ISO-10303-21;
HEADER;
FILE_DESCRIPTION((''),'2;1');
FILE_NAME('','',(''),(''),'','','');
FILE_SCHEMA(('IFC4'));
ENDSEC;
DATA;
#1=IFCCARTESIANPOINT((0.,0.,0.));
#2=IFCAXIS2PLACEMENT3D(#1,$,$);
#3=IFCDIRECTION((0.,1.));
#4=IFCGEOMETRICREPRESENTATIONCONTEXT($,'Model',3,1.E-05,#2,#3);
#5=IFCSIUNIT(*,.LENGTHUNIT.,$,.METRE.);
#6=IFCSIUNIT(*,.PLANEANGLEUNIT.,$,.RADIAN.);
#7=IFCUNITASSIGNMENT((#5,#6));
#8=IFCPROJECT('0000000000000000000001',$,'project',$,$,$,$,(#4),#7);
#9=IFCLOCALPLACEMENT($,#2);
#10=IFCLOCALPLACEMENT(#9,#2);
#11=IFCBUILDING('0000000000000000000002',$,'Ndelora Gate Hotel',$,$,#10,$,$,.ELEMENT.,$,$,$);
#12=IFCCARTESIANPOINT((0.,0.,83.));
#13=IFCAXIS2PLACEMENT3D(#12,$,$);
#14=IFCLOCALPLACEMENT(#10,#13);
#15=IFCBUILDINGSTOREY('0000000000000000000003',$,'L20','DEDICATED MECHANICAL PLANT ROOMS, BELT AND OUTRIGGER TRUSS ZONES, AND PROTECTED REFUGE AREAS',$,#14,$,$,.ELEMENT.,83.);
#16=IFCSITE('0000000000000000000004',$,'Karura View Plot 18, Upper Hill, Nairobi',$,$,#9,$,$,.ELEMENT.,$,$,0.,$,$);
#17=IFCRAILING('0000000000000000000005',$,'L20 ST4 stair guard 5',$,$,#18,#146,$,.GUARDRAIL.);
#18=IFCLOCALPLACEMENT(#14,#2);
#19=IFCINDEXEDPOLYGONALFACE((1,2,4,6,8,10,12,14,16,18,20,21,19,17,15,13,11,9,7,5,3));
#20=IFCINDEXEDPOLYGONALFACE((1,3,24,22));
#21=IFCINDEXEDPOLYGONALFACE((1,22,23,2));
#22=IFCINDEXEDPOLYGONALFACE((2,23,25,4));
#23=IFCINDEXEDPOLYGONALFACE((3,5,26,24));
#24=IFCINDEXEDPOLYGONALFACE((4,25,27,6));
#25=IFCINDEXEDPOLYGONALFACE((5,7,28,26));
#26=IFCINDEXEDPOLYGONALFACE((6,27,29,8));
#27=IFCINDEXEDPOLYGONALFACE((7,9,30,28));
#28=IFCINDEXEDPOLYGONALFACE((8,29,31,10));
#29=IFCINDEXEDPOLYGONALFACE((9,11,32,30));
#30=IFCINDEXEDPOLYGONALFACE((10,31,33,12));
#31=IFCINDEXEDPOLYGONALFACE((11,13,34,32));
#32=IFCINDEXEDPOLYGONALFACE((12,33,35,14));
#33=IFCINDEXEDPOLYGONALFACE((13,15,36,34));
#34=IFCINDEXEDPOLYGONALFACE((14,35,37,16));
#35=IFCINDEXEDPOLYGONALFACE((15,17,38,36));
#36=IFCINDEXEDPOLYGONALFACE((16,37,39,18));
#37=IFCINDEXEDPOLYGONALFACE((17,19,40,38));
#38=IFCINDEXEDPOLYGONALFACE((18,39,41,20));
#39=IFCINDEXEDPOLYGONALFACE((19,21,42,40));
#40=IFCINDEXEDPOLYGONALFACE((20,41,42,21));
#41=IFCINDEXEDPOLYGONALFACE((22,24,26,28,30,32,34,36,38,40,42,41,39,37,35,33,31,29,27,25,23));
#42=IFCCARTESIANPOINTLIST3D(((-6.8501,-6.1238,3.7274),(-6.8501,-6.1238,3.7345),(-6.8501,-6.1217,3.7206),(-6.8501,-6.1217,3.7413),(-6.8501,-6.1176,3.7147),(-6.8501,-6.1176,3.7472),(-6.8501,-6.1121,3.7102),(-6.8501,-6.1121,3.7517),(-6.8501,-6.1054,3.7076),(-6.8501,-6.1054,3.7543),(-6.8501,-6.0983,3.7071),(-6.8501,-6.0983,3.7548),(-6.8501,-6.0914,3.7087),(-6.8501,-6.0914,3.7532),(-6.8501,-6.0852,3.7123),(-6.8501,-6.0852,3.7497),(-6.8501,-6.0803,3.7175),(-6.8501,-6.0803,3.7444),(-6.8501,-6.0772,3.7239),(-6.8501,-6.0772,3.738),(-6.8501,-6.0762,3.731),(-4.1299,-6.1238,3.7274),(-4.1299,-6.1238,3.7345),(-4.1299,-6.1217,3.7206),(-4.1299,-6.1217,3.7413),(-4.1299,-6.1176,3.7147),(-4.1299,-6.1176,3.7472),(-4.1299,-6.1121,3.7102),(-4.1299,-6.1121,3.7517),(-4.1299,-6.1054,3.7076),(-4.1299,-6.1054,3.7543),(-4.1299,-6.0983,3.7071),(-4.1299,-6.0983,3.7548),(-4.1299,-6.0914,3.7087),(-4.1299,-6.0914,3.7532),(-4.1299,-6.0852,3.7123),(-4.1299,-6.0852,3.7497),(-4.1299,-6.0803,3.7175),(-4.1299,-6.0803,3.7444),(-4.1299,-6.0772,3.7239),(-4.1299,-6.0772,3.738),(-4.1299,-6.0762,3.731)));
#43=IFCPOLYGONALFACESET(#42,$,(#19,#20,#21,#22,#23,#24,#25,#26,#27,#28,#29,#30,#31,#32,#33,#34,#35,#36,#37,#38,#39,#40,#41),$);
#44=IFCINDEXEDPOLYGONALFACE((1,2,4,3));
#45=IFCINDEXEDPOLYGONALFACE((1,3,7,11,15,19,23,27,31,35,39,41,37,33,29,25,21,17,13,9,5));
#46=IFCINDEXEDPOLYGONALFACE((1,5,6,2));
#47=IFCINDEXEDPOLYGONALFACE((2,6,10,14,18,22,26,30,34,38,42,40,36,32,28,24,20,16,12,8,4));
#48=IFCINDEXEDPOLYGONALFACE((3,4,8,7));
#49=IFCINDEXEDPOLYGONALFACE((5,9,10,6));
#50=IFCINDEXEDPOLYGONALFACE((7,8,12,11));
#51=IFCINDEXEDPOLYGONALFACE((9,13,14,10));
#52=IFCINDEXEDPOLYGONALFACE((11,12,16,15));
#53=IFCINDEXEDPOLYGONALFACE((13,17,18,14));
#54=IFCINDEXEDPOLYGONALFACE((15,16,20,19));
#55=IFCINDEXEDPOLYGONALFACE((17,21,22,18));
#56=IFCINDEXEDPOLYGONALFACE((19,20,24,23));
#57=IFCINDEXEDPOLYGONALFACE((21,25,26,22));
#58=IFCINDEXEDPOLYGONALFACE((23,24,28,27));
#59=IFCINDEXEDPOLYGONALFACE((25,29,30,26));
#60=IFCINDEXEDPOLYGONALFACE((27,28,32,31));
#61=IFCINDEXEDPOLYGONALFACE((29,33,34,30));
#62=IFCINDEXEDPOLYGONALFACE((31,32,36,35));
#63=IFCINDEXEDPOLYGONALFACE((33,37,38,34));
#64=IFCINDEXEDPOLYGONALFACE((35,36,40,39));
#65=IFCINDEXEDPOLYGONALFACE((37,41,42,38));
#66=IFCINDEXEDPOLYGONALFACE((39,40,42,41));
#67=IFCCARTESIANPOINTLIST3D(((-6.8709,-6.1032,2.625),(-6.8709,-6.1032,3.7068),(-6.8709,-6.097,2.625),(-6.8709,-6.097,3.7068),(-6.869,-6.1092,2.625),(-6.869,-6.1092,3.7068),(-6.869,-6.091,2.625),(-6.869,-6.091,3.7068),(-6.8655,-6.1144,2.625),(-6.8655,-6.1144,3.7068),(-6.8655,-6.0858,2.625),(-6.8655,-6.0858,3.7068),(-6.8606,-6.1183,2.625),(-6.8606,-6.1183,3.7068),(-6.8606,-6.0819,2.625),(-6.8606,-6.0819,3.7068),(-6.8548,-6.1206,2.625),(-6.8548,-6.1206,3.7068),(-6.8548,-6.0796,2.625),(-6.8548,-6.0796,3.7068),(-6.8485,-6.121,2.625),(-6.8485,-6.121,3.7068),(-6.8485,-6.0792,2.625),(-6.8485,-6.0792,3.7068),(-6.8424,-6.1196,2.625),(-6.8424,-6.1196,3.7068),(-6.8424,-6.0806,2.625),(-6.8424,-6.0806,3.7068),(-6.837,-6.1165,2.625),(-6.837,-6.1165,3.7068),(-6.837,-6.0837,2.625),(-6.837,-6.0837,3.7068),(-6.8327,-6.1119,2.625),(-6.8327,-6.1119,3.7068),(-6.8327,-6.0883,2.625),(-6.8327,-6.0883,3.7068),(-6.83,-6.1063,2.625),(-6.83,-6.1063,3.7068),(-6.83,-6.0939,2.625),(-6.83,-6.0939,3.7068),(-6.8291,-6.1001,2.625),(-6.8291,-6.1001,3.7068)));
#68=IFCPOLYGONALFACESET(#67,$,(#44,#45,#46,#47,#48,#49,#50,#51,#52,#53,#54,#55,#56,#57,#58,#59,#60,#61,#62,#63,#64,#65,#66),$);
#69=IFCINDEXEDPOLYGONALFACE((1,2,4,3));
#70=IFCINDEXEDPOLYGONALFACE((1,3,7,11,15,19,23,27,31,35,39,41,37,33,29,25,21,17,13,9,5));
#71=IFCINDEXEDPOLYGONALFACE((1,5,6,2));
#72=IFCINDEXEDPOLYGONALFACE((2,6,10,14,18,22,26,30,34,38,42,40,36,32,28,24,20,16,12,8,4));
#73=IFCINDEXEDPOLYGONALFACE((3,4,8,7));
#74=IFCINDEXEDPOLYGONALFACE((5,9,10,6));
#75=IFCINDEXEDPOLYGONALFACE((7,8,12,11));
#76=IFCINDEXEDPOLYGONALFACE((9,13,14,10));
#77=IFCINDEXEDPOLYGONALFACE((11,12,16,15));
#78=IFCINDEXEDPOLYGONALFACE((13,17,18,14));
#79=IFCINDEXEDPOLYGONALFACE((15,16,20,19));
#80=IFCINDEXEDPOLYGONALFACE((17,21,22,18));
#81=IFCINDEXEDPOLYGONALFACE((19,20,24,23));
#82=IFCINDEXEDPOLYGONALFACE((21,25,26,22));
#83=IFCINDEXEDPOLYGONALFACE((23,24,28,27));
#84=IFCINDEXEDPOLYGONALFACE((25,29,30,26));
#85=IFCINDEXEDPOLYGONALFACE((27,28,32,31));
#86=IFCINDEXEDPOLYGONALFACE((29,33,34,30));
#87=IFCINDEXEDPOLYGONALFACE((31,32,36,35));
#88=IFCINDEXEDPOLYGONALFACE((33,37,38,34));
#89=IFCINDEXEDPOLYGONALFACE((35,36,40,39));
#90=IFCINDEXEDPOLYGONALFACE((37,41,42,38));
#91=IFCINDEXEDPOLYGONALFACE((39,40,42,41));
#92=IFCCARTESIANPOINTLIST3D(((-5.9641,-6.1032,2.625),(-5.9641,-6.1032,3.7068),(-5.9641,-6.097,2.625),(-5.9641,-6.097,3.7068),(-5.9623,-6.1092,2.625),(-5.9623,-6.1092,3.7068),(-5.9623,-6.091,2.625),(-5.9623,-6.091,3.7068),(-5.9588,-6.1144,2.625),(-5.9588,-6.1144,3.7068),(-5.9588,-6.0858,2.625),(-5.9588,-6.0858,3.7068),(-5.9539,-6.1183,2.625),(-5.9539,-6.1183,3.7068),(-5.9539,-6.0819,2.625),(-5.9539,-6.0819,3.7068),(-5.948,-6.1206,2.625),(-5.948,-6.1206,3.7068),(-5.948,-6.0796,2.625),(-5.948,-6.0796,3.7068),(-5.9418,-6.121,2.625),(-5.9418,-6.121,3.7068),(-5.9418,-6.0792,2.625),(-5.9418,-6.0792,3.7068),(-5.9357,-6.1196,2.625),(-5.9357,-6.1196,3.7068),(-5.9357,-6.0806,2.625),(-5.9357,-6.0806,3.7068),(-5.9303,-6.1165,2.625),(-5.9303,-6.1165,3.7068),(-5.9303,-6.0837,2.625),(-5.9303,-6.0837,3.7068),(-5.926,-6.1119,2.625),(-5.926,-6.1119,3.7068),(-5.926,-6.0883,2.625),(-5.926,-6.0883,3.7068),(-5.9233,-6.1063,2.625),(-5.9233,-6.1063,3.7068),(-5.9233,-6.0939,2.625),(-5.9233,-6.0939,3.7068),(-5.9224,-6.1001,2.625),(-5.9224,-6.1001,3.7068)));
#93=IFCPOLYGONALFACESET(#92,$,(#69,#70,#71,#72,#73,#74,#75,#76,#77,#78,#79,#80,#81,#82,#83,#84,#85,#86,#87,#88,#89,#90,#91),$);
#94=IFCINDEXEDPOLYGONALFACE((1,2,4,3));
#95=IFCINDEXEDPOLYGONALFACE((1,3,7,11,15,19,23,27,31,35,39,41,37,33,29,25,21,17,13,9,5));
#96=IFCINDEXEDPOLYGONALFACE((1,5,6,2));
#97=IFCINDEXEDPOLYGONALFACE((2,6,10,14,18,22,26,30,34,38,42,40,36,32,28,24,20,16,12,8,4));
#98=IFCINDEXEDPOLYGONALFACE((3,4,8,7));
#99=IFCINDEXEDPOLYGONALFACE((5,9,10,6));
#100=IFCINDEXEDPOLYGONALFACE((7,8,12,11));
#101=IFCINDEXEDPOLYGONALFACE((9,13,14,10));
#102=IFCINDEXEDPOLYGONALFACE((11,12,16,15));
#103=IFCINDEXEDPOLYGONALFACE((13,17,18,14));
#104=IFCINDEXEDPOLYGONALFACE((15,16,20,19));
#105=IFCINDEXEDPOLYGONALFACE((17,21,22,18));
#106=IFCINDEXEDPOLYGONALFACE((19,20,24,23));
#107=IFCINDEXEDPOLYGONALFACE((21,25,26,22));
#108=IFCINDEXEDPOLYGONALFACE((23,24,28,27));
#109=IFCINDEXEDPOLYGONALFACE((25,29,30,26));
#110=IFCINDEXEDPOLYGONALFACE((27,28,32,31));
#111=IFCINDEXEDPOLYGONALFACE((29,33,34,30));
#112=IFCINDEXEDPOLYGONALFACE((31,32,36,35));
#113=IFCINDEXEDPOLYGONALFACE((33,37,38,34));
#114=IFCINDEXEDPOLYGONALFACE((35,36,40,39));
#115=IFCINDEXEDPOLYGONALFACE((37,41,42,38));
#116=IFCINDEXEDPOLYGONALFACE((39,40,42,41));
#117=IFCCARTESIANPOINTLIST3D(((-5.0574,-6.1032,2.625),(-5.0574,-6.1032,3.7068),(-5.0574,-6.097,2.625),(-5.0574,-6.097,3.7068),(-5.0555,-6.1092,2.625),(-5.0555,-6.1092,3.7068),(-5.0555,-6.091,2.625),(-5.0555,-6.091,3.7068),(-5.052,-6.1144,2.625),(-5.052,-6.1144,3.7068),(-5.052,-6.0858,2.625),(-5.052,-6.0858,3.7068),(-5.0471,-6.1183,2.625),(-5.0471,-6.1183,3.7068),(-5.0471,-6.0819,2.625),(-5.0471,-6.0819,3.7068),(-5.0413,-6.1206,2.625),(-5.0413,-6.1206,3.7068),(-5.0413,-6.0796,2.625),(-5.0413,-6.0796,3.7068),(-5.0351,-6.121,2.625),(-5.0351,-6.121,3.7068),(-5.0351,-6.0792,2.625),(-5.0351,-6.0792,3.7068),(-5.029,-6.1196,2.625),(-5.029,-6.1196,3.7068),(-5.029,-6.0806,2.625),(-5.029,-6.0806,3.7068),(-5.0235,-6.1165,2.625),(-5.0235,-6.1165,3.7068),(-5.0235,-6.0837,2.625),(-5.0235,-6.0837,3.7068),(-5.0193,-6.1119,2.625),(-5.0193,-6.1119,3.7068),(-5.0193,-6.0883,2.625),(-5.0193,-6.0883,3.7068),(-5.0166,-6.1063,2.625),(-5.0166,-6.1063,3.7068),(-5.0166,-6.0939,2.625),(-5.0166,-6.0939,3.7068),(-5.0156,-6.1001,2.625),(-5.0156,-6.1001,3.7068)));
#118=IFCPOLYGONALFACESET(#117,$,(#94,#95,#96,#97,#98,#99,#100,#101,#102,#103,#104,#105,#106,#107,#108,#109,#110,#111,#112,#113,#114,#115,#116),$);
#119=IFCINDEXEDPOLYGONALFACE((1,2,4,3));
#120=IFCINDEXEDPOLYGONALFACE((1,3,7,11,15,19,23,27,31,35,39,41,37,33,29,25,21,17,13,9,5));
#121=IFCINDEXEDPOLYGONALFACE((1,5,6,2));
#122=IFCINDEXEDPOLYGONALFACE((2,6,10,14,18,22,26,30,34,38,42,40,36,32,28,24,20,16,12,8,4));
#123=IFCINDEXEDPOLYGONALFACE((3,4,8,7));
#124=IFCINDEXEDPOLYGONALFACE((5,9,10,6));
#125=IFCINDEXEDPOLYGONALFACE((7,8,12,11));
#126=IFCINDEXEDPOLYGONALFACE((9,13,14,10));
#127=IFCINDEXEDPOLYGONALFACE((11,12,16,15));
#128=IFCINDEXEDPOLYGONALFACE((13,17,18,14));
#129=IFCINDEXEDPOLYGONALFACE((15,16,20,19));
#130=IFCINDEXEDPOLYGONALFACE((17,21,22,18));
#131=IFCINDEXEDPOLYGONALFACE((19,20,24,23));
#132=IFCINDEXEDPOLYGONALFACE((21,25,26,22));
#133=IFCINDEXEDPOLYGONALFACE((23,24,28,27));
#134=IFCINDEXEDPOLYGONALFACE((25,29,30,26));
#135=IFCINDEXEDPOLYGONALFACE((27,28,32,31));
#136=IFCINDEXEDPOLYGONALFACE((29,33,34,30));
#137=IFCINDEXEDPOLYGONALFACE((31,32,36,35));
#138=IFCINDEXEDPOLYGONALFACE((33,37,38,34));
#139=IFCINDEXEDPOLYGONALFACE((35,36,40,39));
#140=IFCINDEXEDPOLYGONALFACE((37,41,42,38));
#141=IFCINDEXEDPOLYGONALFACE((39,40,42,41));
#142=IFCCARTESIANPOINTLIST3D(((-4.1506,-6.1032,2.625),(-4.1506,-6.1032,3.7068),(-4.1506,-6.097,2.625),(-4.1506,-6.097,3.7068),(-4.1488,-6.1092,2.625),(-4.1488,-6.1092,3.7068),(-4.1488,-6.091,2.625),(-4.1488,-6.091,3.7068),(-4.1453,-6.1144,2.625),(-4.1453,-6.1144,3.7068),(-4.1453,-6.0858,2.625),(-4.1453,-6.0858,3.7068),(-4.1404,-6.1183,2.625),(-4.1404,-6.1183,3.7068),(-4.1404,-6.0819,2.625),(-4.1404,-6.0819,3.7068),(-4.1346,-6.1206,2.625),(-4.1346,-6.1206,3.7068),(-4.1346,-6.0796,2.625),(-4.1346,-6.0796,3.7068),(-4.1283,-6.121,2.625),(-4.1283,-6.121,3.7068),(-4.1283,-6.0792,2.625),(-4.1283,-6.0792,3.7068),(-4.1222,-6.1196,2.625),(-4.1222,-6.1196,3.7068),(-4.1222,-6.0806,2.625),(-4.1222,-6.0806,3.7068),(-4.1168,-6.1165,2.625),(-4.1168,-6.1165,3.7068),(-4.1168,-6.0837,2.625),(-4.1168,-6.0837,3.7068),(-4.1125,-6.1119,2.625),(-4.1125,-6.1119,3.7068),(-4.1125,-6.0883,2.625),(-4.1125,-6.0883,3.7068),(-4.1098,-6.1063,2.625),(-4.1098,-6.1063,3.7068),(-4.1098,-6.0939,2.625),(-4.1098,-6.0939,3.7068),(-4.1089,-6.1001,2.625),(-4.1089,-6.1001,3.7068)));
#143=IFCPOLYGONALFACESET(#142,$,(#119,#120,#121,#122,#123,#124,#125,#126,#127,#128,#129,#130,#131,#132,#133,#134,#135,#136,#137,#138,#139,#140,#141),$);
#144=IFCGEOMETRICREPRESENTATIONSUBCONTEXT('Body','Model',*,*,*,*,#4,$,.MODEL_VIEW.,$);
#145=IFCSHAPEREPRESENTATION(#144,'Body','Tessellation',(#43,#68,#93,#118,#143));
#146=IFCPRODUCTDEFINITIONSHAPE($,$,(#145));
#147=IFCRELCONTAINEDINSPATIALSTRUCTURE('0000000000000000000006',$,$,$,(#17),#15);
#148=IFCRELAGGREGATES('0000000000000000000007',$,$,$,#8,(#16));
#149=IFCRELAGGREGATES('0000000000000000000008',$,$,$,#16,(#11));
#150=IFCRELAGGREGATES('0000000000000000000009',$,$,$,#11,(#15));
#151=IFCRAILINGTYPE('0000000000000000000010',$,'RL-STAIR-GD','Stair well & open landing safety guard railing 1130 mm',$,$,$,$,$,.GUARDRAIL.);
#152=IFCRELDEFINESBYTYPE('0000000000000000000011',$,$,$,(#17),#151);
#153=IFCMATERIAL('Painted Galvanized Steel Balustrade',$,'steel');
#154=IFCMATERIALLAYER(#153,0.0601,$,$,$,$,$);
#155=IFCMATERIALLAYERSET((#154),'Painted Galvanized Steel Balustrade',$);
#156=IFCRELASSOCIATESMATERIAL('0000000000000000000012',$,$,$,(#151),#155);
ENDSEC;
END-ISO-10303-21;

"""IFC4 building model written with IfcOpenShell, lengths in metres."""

from ifc_helpers import new_model, si_unit, direction, frame, origin, origin_2d, place, context, subcontext, project, spatial, circle, extrude, material, layer, layer_set, type_object, element, save


model = new_model("IFC4")

# Units and contexts
model_context = context("Model", 3, precision=1e-05, world=origin(), true_north=direction((0.0, 1.0)))
body_context = subcontext(model_context, "Body", "Model", "MODEL_VIEW")
ifc_project = project(units=[si_unit("LENGTHUNIT", "METRE"), si_unit("PLANEANGLEUNIT", "RADIAN")], contexts=[model_context])

# Site, building, storey
site_placement = place(None, origin())
site = spatial("IfcSite", under=ifc_project, at=site_placement, Name="Karura View Plot 18, Upper Hill, Nairobi", CompositionType="ELEMENT", RefElevation=0.0)
building_placement = place(site_placement, origin())
building = spatial("IfcBuilding", under=site, at=building_placement, Name="Ndelora Gate Hotel", CompositionType="ELEMENT")
storey_placement = place(building_placement, frame((0.0, 0.0, 83.0)))
storey = spatial("IfcBuildingStorey", under=building, at=storey_placement, Name="L20", Description="DEDICATED MECHANICAL PLANT ROOMS, BELT AND OUTRIGGER TRUSS ZONES, AND PROTECTED REFUGE AREAS", CompositionType="ELEMENT", Elevation=83.0)

# Railing
ifc_material_1 = material(Name="Painted Galvanized Steel Balustrade", Category="steel")
ifc_layer_1 = layer(ifc_material_1, 0.0601)
ifc_layer_set_1 = layer_set([ifc_layer_1], Name="Painted Galvanized Steel Balustrade")
railing_type_1 = type_object("IfcRailingType", Name="RL-STAIR-GD", Description="Stair well & open landing safety guard railing 1130 mm", PredefinedType="GUARDRAIL", material=ifc_layer_set_1)
railing_1_placement = place(storey_placement, frame((-6.8501, -6.1001, 2.625)))
element("IfcRailing", 1, at=railing_1_placement, inside=storey, type_object=railing_type_1, Name="L20 ST4 stair guard 5", PredefinedType="GUARDRAIL", context=body_context, shape_type="SweptSolid", body=[
    extrude(circle(Radius=0.0239, at=origin_2d()), frame((0.0, 0.0, 1.106), z_axis=(1.0, 0.0, 0.0), x_axis=(0.0, 1.0, 0.0)), (0.0, 0.0, 1.0), 2.7202),
    extrude(circle(Radius=0.021, at=origin_2d()), origin(), (0.0, 0.0, 1.0), 1.0818),
    extrude(circle(Radius=0.021, at=origin_2d()), frame((0.9067, 0.0, 0.0)), (0.0, 0.0, 1.0), 1.0818),
    extrude(circle(Radius=0.021, at=origin_2d()), frame((1.8135, 0.0, 0.0)), (0.0, 0.0, 1.0), 1.0818),
    extrude(circle(Radius=0.021, at=origin_2d()), frame((2.7202, 0.0, 0.0)), (0.0, 0.0, 1.0), 1.0818),
])

save(model, "model.ifc")
